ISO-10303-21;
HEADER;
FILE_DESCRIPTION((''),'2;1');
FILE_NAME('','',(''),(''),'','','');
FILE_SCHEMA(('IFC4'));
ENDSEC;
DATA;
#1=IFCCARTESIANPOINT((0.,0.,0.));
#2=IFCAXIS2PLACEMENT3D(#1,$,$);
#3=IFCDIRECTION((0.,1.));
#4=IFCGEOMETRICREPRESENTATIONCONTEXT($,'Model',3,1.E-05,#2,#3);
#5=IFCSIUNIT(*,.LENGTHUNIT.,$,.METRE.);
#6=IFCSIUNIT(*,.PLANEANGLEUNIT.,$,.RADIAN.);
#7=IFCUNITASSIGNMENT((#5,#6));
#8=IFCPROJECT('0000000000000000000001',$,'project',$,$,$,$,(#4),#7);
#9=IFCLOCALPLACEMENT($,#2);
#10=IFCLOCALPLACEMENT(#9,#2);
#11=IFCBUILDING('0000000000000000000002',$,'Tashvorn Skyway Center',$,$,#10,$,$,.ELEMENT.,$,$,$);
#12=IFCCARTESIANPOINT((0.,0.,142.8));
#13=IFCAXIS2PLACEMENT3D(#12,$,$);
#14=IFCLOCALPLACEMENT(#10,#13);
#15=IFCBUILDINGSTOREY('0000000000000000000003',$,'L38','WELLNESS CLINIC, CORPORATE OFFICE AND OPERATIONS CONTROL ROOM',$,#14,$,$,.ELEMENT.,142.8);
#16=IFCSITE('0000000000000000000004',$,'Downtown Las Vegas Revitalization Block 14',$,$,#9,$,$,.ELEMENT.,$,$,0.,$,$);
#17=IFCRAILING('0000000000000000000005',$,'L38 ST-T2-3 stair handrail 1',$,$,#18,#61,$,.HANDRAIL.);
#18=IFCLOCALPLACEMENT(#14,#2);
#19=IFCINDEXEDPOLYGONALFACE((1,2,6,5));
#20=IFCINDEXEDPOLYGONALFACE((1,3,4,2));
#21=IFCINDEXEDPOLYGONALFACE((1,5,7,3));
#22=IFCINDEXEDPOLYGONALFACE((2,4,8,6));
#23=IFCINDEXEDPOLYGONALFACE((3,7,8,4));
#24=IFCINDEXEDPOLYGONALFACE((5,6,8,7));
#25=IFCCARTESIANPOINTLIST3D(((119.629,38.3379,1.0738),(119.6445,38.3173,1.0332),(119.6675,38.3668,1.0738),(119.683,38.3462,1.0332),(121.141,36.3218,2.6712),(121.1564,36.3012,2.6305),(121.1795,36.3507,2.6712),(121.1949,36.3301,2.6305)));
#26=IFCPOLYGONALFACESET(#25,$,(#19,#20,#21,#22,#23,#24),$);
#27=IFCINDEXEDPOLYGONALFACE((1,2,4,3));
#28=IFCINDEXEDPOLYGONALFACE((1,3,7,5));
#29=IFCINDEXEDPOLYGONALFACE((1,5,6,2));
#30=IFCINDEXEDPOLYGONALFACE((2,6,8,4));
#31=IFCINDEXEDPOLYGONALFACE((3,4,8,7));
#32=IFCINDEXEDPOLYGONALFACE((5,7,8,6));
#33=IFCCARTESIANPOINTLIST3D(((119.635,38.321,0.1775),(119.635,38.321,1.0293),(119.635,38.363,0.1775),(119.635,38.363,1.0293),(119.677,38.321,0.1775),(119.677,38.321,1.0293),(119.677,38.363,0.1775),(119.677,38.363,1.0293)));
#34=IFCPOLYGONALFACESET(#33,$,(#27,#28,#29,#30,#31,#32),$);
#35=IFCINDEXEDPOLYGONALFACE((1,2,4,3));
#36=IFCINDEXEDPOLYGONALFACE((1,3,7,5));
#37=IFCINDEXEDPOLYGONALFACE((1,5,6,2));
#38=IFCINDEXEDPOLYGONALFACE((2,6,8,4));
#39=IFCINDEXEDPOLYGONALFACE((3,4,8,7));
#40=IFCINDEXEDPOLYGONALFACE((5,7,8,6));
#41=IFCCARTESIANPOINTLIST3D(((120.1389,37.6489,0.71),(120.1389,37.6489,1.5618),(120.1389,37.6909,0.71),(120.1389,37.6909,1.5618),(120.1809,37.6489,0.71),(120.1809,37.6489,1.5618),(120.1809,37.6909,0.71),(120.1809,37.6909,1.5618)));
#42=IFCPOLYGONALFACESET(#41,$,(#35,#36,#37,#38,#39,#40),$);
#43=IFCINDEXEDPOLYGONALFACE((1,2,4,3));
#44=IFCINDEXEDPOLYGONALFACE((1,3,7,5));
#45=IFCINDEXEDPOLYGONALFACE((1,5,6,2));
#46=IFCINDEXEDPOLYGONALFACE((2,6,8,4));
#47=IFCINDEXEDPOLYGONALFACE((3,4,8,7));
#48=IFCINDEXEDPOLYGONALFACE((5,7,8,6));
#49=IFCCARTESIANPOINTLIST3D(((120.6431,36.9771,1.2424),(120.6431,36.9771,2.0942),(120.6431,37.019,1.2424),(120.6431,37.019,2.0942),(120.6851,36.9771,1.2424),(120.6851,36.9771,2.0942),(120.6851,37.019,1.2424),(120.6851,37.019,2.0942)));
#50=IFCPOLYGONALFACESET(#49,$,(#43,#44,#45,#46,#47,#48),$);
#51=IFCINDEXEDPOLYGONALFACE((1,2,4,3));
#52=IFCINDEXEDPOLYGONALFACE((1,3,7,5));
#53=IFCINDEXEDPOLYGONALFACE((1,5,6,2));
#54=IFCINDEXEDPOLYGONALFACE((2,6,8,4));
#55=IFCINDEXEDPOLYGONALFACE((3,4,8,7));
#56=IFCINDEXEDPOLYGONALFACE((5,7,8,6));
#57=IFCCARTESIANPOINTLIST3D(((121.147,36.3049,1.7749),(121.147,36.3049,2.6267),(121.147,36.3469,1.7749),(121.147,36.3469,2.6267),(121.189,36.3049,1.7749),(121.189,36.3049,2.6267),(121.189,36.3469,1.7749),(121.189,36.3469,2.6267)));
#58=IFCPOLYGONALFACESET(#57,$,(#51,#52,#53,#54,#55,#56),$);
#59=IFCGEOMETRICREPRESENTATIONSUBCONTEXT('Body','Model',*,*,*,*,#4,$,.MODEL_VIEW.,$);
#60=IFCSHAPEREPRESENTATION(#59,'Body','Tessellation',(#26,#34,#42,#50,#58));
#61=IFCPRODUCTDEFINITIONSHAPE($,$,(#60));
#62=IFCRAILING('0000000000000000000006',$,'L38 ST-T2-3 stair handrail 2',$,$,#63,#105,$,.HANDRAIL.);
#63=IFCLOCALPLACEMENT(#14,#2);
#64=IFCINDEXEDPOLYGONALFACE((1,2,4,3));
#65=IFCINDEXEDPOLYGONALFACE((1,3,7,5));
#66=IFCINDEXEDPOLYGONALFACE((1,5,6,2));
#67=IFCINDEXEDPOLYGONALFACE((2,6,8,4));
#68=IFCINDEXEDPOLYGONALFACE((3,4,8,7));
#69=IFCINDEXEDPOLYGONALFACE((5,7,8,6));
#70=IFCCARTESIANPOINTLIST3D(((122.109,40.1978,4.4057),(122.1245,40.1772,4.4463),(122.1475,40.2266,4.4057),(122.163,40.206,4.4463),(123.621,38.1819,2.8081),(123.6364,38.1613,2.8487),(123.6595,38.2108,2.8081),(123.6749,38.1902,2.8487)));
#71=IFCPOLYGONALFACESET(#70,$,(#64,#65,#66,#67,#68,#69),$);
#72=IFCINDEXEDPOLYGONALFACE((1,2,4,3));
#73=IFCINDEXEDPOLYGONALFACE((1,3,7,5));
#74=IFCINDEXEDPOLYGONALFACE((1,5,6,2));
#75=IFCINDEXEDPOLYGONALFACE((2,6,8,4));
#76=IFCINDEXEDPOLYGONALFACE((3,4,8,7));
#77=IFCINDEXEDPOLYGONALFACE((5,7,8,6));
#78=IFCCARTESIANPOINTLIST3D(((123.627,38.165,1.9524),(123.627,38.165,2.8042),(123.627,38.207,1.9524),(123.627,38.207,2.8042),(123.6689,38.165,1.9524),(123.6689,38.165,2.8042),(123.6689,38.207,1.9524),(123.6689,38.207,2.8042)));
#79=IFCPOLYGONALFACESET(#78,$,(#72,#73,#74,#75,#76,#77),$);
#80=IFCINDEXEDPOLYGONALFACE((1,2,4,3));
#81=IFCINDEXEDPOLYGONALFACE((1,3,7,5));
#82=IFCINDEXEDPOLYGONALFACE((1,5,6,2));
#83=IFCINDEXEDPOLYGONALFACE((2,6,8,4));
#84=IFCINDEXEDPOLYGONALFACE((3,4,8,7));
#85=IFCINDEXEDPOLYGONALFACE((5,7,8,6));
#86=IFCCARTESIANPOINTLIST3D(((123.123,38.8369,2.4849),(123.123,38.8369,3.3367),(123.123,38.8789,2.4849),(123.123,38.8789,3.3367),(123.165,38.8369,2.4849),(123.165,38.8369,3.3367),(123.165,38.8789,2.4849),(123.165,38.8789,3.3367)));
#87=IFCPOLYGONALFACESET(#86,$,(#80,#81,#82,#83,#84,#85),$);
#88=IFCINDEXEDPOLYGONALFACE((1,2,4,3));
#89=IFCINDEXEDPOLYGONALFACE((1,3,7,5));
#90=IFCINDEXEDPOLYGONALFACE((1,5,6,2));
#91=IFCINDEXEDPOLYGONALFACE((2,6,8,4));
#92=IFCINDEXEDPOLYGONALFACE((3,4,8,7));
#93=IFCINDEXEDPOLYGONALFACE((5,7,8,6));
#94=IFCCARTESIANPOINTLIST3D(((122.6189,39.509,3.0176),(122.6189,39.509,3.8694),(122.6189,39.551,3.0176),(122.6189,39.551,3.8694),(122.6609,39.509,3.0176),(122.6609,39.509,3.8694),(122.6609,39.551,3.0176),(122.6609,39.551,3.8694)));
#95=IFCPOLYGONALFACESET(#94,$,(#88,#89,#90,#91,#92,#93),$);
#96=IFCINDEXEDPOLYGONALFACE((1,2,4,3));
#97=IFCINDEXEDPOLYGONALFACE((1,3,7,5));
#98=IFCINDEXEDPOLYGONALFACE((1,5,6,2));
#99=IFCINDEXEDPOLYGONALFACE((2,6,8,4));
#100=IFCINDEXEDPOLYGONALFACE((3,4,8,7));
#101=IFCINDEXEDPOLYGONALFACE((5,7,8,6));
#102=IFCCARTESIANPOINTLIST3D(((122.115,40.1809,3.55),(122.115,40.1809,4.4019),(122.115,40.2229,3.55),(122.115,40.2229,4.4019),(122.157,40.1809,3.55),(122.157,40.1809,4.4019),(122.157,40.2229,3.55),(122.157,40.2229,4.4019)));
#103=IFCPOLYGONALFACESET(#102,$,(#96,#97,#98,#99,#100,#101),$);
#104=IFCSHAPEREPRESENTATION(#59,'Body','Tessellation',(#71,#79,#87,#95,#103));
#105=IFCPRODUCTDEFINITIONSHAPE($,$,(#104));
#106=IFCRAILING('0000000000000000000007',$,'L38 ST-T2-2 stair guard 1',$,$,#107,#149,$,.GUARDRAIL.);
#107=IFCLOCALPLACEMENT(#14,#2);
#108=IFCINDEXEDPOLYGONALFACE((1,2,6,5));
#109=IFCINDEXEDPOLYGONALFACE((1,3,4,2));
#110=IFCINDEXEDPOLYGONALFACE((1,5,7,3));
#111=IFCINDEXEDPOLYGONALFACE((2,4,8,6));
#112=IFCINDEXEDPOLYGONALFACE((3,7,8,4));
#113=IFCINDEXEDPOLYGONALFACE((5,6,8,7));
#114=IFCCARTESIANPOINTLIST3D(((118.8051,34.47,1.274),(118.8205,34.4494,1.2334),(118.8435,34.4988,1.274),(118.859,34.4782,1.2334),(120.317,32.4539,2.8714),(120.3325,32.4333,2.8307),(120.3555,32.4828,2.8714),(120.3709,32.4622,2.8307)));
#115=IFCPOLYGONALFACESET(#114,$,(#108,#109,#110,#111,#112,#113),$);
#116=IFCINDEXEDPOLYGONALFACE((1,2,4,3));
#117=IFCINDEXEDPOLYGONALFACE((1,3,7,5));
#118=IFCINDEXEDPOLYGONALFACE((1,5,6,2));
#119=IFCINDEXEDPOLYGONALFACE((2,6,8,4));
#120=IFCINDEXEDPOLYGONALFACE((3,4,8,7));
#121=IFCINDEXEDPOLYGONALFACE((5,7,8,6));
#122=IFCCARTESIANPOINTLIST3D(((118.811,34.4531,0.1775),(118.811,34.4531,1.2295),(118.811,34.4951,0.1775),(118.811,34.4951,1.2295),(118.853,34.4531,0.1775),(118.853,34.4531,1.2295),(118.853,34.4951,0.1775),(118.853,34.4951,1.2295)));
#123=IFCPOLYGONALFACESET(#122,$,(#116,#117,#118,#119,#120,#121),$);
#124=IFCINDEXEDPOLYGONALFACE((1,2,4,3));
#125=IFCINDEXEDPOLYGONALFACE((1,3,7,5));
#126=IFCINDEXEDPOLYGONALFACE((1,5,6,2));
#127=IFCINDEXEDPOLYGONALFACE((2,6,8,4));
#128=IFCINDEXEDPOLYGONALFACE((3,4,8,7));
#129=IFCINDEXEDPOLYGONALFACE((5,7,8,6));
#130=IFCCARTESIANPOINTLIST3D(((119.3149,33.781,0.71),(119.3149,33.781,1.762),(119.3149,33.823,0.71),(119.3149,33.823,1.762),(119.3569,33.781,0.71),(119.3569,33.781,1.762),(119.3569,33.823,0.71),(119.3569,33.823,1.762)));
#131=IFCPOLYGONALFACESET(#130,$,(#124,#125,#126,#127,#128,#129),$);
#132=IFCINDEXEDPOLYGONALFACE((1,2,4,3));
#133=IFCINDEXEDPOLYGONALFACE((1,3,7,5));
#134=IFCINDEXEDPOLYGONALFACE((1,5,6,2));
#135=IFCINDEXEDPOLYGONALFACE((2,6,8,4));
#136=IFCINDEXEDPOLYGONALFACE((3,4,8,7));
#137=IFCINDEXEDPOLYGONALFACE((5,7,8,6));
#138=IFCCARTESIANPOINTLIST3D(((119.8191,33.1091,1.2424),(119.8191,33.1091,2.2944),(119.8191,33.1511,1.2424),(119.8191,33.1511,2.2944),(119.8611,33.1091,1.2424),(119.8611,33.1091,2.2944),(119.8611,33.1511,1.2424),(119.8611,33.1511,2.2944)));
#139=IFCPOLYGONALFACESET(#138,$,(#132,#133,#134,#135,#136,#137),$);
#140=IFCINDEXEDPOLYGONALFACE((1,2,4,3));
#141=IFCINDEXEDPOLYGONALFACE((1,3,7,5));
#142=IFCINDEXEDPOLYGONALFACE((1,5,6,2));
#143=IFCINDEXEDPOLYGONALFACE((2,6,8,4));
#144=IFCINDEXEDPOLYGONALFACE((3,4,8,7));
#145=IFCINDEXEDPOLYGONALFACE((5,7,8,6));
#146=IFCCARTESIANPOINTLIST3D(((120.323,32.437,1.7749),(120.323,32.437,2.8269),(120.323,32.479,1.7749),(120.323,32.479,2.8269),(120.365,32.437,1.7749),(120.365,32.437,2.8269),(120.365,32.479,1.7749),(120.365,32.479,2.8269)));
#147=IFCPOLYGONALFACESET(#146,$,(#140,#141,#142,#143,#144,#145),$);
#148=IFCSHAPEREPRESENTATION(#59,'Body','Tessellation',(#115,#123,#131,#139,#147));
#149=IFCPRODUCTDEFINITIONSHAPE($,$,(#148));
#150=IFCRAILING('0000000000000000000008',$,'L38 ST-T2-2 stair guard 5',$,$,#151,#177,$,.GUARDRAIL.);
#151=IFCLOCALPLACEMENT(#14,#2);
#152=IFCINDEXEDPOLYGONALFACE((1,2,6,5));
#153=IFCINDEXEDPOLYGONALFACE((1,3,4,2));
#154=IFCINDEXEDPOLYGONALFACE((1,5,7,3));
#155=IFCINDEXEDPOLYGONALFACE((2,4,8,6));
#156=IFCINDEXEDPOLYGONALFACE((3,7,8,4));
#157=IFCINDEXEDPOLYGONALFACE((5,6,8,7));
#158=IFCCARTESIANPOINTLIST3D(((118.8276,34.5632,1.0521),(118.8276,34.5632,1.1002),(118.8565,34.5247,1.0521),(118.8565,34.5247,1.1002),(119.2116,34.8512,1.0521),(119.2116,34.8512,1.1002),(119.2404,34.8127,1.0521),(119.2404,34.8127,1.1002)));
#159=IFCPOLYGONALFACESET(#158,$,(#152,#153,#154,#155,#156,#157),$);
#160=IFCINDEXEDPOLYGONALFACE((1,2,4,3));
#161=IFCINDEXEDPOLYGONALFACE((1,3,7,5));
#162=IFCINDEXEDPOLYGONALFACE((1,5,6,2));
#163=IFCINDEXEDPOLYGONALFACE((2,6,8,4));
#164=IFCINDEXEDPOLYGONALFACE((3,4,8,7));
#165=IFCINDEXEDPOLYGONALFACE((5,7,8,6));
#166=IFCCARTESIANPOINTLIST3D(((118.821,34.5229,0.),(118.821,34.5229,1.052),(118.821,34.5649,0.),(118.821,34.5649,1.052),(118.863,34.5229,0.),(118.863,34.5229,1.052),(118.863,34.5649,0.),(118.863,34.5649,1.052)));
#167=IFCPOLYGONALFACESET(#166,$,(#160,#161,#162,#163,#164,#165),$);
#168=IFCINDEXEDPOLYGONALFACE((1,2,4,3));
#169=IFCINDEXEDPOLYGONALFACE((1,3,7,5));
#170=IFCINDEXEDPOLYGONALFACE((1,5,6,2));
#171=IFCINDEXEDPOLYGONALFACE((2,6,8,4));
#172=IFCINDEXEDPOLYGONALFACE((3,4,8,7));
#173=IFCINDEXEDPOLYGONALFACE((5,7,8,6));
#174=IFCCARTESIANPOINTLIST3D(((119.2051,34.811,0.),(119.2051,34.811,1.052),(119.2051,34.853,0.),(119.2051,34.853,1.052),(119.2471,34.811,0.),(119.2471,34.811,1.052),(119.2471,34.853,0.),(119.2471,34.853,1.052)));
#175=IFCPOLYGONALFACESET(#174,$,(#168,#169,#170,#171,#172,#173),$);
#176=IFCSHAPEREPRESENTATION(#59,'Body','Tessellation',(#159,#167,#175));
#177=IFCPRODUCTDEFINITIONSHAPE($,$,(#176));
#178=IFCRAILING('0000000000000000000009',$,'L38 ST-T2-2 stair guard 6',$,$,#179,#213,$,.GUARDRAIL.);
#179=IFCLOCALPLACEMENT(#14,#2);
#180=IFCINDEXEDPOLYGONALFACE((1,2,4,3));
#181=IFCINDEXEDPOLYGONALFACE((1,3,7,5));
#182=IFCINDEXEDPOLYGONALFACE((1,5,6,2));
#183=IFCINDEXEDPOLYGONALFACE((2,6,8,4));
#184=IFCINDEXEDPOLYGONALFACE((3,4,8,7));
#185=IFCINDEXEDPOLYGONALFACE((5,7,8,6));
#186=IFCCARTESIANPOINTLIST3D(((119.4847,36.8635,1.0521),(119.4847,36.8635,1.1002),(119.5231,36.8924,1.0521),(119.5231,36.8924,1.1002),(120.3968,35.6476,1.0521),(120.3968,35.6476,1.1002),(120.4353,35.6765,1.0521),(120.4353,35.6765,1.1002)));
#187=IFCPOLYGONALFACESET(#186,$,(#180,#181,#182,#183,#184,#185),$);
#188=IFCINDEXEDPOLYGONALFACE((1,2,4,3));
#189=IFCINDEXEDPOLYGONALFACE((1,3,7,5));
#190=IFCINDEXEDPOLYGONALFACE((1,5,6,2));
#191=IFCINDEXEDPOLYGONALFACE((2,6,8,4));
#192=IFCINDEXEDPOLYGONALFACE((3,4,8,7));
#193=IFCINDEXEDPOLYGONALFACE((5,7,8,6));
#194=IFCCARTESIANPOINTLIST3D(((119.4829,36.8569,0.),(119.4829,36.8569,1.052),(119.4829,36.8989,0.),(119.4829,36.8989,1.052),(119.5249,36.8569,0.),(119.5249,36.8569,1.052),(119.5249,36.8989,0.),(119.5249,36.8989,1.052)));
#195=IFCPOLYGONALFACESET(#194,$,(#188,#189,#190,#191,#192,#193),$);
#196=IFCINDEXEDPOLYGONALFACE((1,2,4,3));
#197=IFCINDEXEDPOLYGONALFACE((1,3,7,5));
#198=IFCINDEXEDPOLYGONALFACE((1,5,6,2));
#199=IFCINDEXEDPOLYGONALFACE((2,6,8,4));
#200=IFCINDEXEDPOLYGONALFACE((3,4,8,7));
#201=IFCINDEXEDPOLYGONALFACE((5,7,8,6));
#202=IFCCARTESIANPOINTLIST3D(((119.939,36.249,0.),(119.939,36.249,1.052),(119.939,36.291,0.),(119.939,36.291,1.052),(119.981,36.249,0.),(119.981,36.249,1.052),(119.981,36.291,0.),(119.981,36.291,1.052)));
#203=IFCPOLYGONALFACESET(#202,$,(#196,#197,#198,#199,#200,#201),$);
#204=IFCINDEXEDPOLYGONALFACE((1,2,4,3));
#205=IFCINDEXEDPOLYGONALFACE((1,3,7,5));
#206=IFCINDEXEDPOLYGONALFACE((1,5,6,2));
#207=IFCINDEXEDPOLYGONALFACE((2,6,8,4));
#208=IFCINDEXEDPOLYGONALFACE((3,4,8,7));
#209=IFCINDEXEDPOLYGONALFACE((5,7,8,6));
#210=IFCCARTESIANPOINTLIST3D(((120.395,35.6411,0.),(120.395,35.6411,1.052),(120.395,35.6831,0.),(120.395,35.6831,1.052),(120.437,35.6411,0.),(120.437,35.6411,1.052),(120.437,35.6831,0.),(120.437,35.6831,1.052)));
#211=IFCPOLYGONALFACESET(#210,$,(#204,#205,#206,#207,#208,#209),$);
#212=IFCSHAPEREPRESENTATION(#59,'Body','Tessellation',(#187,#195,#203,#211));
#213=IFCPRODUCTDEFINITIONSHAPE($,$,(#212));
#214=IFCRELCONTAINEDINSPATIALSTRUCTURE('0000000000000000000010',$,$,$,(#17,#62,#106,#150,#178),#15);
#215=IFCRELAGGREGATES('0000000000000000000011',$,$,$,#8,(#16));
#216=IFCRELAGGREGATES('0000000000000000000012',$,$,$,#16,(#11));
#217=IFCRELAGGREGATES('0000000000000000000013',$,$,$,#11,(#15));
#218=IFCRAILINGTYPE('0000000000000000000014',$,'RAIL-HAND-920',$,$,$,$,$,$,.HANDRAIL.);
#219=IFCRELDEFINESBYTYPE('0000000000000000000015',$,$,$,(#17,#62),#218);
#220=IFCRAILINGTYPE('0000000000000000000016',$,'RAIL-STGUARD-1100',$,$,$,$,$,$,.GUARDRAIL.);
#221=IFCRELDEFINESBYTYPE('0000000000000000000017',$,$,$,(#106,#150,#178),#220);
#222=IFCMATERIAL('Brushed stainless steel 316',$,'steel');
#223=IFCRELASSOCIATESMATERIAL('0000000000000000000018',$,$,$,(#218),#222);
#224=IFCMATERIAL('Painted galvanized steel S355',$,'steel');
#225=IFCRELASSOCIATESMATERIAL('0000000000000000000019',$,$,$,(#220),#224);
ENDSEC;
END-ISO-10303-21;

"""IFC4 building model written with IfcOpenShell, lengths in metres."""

from ifc_helpers import new_model, si_unit, direction, frame, origin, origin_2d, place, context, subcontext, project, spatial, rectangle, extrude, material, type_object, element, save


model = new_model("IFC4")

# Units and contexts
model_context = context("Model", 3, precision=1e-05, world=origin(), true_north=direction((0.0, 1.0)))
body_context = subcontext(model_context, "Body", "Model", "MODEL_VIEW")
ifc_project = project(units=[si_unit("LENGTHUNIT", "METRE"), si_unit("PLANEANGLEUNIT", "RADIAN")], contexts=[model_context])

# Site, building, storey
site_placement = place(None, origin())
site = spatial("IfcSite", under=ifc_project, at=site_placement, Name="Downtown Las Vegas Revitalization Block 14", CompositionType="ELEMENT", RefElevation=0.0)
building_placement = place(site_placement, origin())
building = spatial("IfcBuilding", under=site, at=building_placement, Name="Tashvorn Skyway Center", CompositionType="ELEMENT")
storey_placement = place(building_placement, frame((0.0, 0.0, 142.8)))
storey = spatial("IfcBuildingStorey", under=building, at=storey_placement, Name="L38", Description="WELLNESS CLINIC, CORPORATE OFFICE AND OPERATIONS CONTROL ROOM", CompositionType="ELEMENT", Elevation=142.8)

# Railings
ifc_material_1 = material(Name="Brushed stainless steel 316", Category="steel")
railing_type_1 = type_object("IfcRailingType", Name="RAIL-HAND-920", PredefinedType="HANDRAIL", material=ifc_material_1)
railing_1_placement = place(storey_placement, frame((119.656, 38.342, 0.1775)))
element("IfcRailing", 1, at=railing_1_placement, inside=storey, type_object=railing_type_1, Name="L38 ST-T2-3 stair handrail 1", PredefinedType="HANDRAIL", context=body_context, shape_type="SweptSolid", body=[
    extrude(rectangle(XDim=0.0481, YDim=0.0481, at=origin_2d()), frame((0.0, 0.0, 0.876), z_axis=(0.506741, -0.675709, 0.535379), x_axis=(0.800023, 0.599969, 0.0)), (0.0, 0.0, 1.0), 2.9836),
    extrude(rectangle(XDim=0.042, YDim=0.042, at=origin_2d()), origin(), (0.0, 0.0, 1.0), 0.8518),
    extrude(rectangle(XDim=0.042, YDim=0.042, at=origin_2d()), frame((0.5039, -0.6721, 0.5325)), (0.0, 0.0, 1.0), 0.8518),
    extrude(rectangle(XDim=0.042, YDim=0.042, at=origin_2d()), frame((1.0081, -1.344, 1.0649)), (0.0, 0.0, 1.0), 0.8518),
    extrude(rectangle(XDim=0.042, YDim=0.042, at=origin_2d()), frame((1.512, -2.0161, 1.5974)), (0.0, 0.0, 1.0), 0.8518),
])
railing_2_placement = place(storey_placement, frame((123.6479, 38.186, 1.9524)))
element("IfcRailing", 2, at=railing_2_placement, inside=storey, type_object=railing_type_1, Name="L38 ST-T2-3 stair handrail 2", PredefinedType="HANDRAIL", context=body_context, shape_type="SweptSolid", body=[
    extrude(rectangle(XDim=0.0481, YDim=0.0481, at=origin_2d()), frame((0.0, 0.0, 0.876), z_axis=(-0.506747, 0.675635, 0.535467), x_axis=(-0.799988, -0.600016, 0.0)), (0.0, 0.0, 1.0), 2.9836),
    extrude(rectangle(XDim=0.042, YDim=0.042, at=origin_2d()), origin(), (0.0, 0.0, 1.0), 0.8518),
    extrude(rectangle(XDim=0.042, YDim=0.042, at=origin_2d()), frame((-0.5039, 0.6719, 0.5325)), (0.0, 0.0, 1.0), 0.8518),
    extrude(rectangle(XDim=0.042, YDim=0.042, at=origin_2d()), frame((-1.0081, 1.344, 1.0652)), (0.0, 0.0, 1.0), 0.8518),
    extrude(rectangle(XDim=0.042, YDim=0.042, at=origin_2d()), frame((-1.512, 2.0159, 1.5977)), (0.0, 0.0, 1.0), 0.8518),
])
ifc_material_2 = material(Name="Painted galvanized steel S355", Category="steel")
railing_type_2 = type_object("IfcRailingType", Name="RAIL-STGUARD-1100", PredefinedType="GUARDRAIL", material=ifc_material_2)
railing_3_placement = place(storey_placement, frame((118.832, 34.4741, 0.1775)))
element("IfcRailing", 3, at=railing_3_placement, inside=storey, type_object=railing_type_2, Name="L38 ST-T2-2 stair guard 1", PredefinedType="GUARDRAIL", context=body_context, shape_type="SweptSolid", body=[
    extrude(rectangle(XDim=0.0481, YDim=0.0481, at=origin_2d()), frame((0.0, 0.0, 1.0762), z_axis=(0.506741, -0.675709, 0.535379), x_axis=(0.800023, 0.599969, 0.0)), (0.0, 0.0, 1.0), 2.9836),
    extrude(rectangle(XDim=0.042, YDim=0.042, at=origin_2d()), origin(), (0.0, 0.0, 1.0), 1.052),
    extrude(rectangle(XDim=0.042, YDim=0.042, at=origin_2d()), frame((0.5039, -0.6721, 0.5325)), (0.0, 0.0, 1.0), 1.052),
    extrude(rectangle(XDim=0.042, YDim=0.042, at=origin_2d()), frame((1.0081, -1.344, 1.0649)), (0.0, 0.0, 1.0), 1.052),
    extrude(rectangle(XDim=0.042, YDim=0.042, at=origin_2d()), frame((1.512, -2.0161, 1.5974)), (0.0, 0.0, 1.0), 1.052),
])
railing_4_placement = place(storey_placement, frame((118.842, 34.5439, 0.0)))
element("IfcRailing", 4, at=railing_4_placement, inside=storey, type_object=railing_type_2, Name="L38 ST-T2-2 stair guard 5", PredefinedType="GUARDRAIL", context=body_context, shape_type="SweptSolid", body=[
    extrude(rectangle(XDim=0.0481, YDim=0.0481, at=origin_2d()), frame((0.0, 0.0, 1.0762), z_axis=(0.799939, 0.600081, 0.0), x_axis=(-0.600081, 0.799939, 0.0)), (0.0, 0.0, 1.0), 0.48),
    extrude(rectangle(XDim=0.042, YDim=0.042, at=origin_2d()), origin(), (0.0, 0.0, 1.0), 1.052),
    extrude(rectangle(XDim=0.042, YDim=0.042, at=origin_2d()), frame((0.384, 0.2881, 0.0)), (0.0, 0.0, 1.0), 1.052),
])
railing_5_placement = place(storey_placement, frame((119.5039, 36.8779, 0.0)))
element("IfcRailing", 5, at=railing_5_placement, inside=storey, type_object=railing_type_2, Name="L38 ST-T2-2 stair guard 6", PredefinedType="GUARDRAIL", context=body_context, shape_type="SweptSolid", body=[
    extrude(rectangle(XDim=0.0481, YDim=0.0481, at=origin_2d()), frame((0.0, 0.0, 1.0762), z_axis=(0.600103, -0.799923, 0.0), x_axis=(0.799923, 0.600103, 0.0)), (0.0, 0.0, 1.0), 1.52),
    extrude(rectangle(XDim=0.042, YDim=0.042, at=origin_2d()), origin(), (0.0, 0.0, 1.0), 1.052),
    extrude(rectangle(XDim=0.042, YDim=0.042, at=origin_2d()), frame((0.4561, -0.6079, 0.0)), (0.0, 0.0, 1.0), 1.052),
    extrude(rectangle(XDim=0.042, YDim=0.042, at=origin_2d()), frame((0.9121, -1.2158, 0.0)), (0.0, 0.0, 1.0), 1.052),
])

save(model, "model.ifc")
